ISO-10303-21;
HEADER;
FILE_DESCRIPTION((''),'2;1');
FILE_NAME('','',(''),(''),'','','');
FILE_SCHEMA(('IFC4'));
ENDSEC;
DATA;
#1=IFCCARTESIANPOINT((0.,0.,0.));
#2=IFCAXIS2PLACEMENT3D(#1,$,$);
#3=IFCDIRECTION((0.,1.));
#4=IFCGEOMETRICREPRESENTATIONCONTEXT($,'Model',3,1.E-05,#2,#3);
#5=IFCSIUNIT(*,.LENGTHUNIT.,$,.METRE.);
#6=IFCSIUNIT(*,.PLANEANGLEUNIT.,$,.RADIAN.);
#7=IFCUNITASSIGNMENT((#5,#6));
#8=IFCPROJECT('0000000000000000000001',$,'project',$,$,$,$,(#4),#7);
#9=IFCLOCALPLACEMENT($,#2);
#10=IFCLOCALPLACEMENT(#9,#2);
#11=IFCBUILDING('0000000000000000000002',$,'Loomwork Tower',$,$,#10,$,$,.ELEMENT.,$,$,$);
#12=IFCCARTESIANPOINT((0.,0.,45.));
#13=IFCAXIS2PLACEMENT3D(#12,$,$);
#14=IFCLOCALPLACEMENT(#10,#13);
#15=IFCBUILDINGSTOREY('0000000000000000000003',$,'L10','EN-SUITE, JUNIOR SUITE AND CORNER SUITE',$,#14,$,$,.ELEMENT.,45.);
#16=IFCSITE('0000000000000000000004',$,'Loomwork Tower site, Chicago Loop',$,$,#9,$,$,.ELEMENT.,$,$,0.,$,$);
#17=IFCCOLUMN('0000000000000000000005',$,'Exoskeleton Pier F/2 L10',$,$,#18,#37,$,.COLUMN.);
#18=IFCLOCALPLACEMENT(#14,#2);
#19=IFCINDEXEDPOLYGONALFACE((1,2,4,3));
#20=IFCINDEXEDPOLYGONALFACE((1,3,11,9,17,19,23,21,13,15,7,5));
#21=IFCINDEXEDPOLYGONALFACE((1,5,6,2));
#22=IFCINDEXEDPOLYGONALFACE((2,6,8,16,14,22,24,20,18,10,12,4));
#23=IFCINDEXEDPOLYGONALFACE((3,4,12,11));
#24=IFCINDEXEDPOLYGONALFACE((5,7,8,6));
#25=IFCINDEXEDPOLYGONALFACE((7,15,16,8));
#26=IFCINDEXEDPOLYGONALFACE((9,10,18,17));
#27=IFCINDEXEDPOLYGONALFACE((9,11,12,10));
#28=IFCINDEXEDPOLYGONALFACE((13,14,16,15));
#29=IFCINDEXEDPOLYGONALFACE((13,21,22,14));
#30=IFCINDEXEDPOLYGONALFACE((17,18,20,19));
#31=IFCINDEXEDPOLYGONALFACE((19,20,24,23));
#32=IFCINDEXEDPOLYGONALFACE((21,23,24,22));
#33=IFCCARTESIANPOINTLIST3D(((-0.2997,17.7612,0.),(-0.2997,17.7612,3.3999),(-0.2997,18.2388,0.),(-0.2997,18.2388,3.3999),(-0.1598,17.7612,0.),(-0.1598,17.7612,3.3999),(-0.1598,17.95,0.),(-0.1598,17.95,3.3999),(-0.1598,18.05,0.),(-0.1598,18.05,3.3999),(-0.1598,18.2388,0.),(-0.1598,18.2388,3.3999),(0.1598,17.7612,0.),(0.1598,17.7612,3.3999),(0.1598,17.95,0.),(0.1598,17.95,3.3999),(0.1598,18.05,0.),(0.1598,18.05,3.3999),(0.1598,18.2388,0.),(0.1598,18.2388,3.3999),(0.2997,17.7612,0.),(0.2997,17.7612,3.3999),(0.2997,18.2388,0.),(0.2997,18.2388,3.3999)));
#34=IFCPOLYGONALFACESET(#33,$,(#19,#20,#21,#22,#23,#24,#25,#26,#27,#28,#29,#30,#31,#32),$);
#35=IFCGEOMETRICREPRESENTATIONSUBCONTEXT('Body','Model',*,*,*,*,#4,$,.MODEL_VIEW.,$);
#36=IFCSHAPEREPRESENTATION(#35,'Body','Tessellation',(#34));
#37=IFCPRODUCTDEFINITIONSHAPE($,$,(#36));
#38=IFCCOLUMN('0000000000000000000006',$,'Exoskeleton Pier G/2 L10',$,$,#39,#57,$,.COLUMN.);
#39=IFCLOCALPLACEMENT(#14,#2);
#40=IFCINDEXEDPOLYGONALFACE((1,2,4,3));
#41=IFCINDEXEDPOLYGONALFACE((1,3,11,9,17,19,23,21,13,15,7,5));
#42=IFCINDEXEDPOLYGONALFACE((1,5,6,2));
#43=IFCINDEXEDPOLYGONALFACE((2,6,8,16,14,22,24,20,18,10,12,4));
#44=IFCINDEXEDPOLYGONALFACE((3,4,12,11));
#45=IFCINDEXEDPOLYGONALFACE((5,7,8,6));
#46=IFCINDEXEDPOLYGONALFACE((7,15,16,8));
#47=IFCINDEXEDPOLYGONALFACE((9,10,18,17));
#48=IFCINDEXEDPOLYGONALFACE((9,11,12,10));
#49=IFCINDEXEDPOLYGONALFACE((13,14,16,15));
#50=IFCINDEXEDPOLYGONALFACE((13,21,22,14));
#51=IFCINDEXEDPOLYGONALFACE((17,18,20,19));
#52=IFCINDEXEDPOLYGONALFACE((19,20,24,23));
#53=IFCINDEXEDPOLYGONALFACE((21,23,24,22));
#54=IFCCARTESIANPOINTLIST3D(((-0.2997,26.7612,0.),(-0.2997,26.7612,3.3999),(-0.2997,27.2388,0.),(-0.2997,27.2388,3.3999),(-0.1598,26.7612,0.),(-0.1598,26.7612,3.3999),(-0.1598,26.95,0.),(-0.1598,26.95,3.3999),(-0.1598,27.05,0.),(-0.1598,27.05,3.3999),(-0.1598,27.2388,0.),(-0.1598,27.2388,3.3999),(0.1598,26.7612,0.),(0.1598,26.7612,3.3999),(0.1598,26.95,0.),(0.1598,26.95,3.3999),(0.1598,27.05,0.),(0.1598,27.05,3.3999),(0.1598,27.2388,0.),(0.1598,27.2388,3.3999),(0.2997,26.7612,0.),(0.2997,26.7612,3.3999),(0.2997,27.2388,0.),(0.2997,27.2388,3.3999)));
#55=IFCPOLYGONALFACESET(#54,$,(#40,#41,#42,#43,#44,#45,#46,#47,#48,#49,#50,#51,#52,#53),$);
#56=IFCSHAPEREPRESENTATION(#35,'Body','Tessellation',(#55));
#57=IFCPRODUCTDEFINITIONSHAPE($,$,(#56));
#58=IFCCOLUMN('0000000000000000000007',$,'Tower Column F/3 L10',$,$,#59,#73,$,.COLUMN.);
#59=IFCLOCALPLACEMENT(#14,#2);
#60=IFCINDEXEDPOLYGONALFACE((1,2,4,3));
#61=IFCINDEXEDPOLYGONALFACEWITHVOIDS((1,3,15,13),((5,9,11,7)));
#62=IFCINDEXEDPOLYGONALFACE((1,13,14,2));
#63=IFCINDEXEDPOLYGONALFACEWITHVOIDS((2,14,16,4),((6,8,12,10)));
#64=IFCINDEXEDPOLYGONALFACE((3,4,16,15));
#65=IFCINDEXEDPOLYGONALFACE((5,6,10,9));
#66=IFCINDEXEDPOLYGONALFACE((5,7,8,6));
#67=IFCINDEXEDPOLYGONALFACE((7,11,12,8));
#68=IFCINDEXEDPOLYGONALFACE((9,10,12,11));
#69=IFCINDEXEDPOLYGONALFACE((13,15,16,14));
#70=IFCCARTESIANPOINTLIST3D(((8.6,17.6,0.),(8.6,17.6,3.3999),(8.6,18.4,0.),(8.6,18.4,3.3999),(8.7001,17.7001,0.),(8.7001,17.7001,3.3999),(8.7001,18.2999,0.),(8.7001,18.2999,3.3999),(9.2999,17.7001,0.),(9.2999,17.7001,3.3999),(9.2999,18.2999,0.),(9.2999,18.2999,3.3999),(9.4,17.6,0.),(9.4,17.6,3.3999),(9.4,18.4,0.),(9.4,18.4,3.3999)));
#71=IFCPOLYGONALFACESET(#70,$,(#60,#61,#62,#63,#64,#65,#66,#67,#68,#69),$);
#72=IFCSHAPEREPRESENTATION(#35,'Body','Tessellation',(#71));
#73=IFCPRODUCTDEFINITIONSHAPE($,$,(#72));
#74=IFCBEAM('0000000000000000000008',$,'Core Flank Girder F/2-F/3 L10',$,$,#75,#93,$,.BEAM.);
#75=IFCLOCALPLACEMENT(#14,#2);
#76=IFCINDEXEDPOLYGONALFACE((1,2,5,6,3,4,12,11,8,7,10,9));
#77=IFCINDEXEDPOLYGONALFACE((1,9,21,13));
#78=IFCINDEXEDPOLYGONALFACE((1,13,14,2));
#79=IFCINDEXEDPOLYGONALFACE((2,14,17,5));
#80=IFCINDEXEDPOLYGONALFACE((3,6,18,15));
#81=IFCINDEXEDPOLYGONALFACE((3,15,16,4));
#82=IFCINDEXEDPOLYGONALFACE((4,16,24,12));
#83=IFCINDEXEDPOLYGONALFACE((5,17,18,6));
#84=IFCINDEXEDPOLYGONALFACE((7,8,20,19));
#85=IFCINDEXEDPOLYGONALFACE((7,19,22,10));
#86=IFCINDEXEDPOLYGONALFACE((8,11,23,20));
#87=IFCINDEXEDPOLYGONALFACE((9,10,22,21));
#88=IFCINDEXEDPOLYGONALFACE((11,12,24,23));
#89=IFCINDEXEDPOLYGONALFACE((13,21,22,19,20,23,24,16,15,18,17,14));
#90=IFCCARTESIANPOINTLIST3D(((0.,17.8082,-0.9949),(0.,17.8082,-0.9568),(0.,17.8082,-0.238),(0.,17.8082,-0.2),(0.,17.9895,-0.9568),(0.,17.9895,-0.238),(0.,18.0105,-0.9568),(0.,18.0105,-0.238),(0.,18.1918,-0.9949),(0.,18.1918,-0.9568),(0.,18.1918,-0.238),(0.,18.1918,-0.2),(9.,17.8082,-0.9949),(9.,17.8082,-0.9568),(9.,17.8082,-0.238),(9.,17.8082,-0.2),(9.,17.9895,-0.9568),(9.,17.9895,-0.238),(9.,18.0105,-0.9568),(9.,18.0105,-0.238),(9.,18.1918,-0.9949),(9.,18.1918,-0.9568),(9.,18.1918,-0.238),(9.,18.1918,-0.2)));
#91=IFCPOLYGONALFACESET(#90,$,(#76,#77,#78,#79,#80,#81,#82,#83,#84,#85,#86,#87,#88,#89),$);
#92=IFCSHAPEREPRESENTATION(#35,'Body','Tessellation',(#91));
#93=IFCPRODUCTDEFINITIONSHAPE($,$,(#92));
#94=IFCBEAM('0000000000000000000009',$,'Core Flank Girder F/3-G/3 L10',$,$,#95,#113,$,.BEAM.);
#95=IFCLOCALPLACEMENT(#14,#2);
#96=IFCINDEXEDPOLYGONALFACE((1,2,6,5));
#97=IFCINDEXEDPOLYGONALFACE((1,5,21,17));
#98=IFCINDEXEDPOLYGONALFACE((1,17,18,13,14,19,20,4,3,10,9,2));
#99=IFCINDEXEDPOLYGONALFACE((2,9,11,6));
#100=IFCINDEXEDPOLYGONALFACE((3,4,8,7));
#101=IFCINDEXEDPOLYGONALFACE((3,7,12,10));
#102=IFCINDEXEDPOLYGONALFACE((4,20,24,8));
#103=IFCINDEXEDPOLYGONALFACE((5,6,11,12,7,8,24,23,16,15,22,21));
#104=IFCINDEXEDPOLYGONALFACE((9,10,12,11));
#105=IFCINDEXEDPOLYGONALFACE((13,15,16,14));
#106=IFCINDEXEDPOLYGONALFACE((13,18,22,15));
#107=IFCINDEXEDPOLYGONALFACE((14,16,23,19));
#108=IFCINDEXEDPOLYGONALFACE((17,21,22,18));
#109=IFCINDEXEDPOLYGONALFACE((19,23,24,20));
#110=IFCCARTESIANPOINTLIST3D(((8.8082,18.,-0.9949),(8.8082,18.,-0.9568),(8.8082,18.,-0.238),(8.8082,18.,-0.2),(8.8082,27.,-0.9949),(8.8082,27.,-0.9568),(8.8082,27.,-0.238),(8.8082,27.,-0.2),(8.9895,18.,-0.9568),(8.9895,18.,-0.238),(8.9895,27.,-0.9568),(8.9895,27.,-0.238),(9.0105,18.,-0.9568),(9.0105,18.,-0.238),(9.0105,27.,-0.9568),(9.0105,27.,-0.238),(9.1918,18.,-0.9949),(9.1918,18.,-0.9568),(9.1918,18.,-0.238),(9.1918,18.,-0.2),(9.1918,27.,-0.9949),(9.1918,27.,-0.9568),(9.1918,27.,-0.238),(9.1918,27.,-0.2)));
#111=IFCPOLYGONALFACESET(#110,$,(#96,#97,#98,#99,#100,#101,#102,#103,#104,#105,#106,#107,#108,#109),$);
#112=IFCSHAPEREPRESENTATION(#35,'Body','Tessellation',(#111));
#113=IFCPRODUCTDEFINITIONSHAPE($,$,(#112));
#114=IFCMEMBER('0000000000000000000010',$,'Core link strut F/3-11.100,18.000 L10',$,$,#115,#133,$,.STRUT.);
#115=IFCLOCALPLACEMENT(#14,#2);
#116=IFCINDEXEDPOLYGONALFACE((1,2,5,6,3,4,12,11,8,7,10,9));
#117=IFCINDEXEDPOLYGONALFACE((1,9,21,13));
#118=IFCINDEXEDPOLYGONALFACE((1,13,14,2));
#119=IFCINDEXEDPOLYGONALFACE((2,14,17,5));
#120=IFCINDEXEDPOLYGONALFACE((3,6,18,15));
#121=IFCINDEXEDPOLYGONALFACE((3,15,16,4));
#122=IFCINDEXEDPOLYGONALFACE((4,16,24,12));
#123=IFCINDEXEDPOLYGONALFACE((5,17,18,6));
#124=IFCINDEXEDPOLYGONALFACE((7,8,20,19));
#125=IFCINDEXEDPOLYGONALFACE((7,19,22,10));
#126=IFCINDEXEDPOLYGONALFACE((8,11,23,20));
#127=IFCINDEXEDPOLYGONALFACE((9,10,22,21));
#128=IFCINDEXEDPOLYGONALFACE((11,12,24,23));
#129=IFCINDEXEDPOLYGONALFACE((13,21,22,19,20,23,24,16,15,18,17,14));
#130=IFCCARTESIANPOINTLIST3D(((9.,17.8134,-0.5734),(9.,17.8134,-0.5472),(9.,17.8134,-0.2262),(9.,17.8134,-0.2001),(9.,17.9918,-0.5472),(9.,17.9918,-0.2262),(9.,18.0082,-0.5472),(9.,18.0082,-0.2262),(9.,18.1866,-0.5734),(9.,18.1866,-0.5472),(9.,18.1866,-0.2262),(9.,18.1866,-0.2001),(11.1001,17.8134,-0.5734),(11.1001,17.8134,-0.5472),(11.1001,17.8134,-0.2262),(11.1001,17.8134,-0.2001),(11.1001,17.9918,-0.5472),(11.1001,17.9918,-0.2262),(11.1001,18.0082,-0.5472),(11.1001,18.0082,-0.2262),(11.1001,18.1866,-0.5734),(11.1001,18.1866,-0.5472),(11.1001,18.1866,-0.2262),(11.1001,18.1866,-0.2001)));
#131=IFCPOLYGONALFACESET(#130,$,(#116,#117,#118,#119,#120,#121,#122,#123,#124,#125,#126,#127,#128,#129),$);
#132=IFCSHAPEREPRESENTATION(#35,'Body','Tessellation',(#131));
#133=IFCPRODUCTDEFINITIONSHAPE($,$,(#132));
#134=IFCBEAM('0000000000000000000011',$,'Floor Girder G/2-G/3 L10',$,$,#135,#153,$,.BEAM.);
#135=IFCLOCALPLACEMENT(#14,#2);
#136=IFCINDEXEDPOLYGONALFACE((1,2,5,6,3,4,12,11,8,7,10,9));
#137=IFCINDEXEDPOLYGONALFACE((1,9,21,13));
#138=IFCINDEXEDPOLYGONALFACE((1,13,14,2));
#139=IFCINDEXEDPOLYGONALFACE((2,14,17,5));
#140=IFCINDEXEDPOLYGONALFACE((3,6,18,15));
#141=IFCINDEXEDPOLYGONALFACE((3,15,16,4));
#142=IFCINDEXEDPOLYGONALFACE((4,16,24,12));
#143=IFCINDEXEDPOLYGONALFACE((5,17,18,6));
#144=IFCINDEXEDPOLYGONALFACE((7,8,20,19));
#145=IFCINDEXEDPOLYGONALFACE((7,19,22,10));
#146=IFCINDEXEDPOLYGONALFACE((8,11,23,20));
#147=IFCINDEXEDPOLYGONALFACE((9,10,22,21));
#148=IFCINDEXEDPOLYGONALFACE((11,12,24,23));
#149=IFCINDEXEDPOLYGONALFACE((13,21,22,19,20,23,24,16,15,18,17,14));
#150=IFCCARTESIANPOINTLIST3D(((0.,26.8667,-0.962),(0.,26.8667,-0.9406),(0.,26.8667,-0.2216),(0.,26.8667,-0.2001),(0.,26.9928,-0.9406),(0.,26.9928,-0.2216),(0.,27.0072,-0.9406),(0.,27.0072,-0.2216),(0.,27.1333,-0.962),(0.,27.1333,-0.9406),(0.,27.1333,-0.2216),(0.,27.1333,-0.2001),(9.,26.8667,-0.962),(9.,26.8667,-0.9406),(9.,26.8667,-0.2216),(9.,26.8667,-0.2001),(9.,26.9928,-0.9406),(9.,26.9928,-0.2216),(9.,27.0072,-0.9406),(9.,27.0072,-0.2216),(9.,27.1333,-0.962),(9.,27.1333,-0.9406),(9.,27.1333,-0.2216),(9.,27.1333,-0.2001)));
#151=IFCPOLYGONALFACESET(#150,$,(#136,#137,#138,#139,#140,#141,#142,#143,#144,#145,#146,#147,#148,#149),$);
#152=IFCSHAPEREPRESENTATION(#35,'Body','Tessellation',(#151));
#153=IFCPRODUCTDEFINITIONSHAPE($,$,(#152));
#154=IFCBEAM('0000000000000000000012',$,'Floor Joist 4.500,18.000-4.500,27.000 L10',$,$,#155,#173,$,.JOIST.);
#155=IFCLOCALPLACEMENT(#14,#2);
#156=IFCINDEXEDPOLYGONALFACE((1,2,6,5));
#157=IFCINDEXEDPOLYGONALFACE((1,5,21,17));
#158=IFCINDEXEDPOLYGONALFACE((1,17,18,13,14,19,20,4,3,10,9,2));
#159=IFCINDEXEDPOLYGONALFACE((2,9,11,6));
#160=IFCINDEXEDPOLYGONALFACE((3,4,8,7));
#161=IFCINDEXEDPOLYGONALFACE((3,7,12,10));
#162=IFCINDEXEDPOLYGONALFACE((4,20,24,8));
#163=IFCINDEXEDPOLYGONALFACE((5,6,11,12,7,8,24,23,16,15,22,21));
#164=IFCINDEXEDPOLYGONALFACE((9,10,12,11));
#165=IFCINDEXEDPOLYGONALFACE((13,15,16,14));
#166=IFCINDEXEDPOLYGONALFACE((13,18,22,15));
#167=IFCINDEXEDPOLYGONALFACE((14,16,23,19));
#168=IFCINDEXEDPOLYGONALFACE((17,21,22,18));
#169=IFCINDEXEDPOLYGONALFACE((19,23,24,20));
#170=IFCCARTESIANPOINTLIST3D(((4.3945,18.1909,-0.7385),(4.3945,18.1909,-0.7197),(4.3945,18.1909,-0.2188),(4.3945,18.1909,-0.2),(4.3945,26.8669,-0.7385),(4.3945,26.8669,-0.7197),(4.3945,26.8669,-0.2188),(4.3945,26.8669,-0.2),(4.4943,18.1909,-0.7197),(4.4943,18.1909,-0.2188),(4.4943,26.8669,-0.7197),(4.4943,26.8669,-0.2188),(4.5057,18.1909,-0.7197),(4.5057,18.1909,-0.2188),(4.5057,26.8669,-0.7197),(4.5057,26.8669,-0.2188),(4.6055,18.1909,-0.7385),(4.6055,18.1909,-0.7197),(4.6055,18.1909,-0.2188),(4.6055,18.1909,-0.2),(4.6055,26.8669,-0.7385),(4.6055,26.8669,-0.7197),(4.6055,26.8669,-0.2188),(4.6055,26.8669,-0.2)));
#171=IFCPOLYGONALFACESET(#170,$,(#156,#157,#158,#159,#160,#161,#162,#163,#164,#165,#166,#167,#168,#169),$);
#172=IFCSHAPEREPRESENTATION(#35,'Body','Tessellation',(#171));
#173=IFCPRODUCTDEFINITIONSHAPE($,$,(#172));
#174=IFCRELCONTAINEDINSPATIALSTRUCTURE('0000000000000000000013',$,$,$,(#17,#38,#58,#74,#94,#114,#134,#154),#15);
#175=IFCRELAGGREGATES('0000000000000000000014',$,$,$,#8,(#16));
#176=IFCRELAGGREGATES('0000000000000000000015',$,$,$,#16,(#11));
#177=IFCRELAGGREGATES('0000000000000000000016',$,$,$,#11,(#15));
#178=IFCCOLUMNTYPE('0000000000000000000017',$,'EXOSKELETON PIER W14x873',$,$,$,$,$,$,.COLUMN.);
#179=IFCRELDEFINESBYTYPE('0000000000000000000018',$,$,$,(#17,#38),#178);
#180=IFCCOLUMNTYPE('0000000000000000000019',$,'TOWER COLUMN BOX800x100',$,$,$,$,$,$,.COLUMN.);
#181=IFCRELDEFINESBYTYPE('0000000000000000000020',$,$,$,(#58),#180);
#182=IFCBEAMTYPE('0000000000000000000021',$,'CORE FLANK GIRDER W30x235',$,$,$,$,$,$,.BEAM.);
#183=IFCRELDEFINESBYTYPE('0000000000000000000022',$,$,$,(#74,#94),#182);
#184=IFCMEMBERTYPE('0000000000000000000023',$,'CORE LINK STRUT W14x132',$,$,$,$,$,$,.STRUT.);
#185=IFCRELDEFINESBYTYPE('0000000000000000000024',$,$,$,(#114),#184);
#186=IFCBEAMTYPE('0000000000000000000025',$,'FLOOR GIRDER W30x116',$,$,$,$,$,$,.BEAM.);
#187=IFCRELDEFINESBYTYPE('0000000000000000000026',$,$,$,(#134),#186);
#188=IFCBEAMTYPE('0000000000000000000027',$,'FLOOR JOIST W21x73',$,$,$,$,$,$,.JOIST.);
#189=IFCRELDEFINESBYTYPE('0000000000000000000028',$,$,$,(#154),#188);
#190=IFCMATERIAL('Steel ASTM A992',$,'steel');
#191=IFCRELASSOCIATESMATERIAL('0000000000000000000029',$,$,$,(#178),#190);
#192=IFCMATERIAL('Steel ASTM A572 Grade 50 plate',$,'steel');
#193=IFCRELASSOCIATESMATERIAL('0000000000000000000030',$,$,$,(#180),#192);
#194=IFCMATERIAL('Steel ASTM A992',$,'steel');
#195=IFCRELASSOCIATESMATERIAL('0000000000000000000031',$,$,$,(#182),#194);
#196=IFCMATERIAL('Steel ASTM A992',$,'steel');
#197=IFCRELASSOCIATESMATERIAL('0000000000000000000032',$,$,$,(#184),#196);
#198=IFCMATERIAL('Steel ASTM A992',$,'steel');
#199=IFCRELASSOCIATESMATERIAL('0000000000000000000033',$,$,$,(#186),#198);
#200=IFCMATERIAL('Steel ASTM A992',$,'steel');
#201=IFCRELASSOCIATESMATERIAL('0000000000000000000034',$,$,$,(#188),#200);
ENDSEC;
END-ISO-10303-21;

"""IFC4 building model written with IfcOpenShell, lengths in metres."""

from ifc_helpers import new_model, si_unit, direction, frame, origin, origin_2d, place, context, subcontext, project, spatial, hollow_rectangle, i_section, extrude, material, material_profile, profile_set, type_object, element, save


model = new_model("IFC4")

# Units and contexts
model_context = context("Model", 3, precision=1e-05, world=origin(), true_north=direction((0.0, 1.0)))
body_context = subcontext(model_context, "Body", "Model", "MODEL_VIEW")
ifc_project = project(units=[si_unit("LENGTHUNIT", "METRE"), si_unit("PLANEANGLEUNIT", "RADIAN")], contexts=[model_context])

# Site, building, storey
site_placement = place(None, origin())
site = spatial("IfcSite", under=ifc_project, at=site_placement, Name="Loomwork Tower site, Chicago Loop", CompositionType="ELEMENT", RefElevation=0.0)
building_placement = place(site_placement, origin())
building = spatial("IfcBuilding", under=site, at=building_placement, Name="Loomwork Tower", CompositionType="ELEMENT")
storey_placement = place(building_placement, frame((0.0, 0.0, 45.0)))
storey = spatial("IfcBuildingStorey", under=building, at=storey_placement, Name="L10", Description="EN-SUITE, JUNIOR SUITE AND CORNER SUITE", CompositionType="ELEMENT", Elevation=45.0)

# Columns
ifc_material_1 = material(Name="Steel ASTM A992", Category="steel")
ifc_material_profile_1 = material_profile(ifc_material_1, i_section(OverallWidth=0.4775, OverallDepth=0.5994, WebThickness=0.1001, FlangeThickness=0.1399, at=origin_2d()), Name="W14x873")
ifc_profile_set_1 = profile_set([ifc_material_profile_1], Name="Steel ASTM A992")
column_type_1 = type_object("IfcColumnType", Name="EXOSKELETON PIER W14x873", PredefinedType="COLUMN", material=ifc_profile_set_1)
for number, where, z_axis, x_axis, name in (
    (1, (0.0, 18.0, 0.0), (0.0, 0.0, 1.0), (0.0, 1.0, 0.0), "Exoskeleton Pier F/2 L10"),
    (2, (0.0, 27.0, 0.0), (0.0, 0.0, 1.0), (0.0, 1.0, 0.0), "Exoskeleton Pier G/2 L10"),
):
    element("IfcColumn", number, at=place(storey_placement, frame(where, z_axis=z_axis, x_axis=x_axis)), inside=storey, type_object=column_type_1, Name=name, PredefinedType="COLUMN", context=body_context, shape_type="SweptSolid", body=[
        extrude(i_section(OverallWidth=0.4775, OverallDepth=0.5994, WebThickness=0.1001, FlangeThickness=0.1399, at=origin_2d()), origin(), (0.0, 0.0, 1.0), 3.3999),
    ])
ifc_material_2 = material(Name="Steel ASTM A572 Grade 50 plate", Category="steel")
ifc_material_profile_2 = material_profile(ifc_material_2, hollow_rectangle(XDim=0.8, YDim=0.8, WallThickness=0.1001, at=origin_2d()), Name="BOX800x100")
ifc_profile_set_2 = profile_set([ifc_material_profile_2], Name="Steel ASTM A572 Grade 50 plate")
column_type_2 = type_object("IfcColumnType", Name="TOWER COLUMN BOX800x100", PredefinedType="COLUMN", material=ifc_profile_set_2)
column_placement = place(storey_placement, frame((9.0, 18.0, 0.0), z_axis=(0.0, 0.0, 1.0), x_axis=(1.0, 0.0, 0.0)))
element("IfcColumn", 3, at=column_placement, inside=storey, type_object=column_type_2, Name="Tower Column F/3 L10", PredefinedType="COLUMN", context=body_context, shape_type="SweptSolid", body=[
    extrude(hollow_rectangle(XDim=0.8, YDim=0.8, WallThickness=0.1001, at=origin_2d()), origin(), (0.0, 0.0, 1.0), 3.3999),
])

# Beams
ifc_material_3 = material(Name="Steel ASTM A992", Category="steel")
ifc_material_profile_3 = material_profile(ifc_material_3, i_section(OverallWidth=0.3835, OverallDepth=0.7949, WebThickness=0.021, FlangeThickness=0.0381, at=origin_2d()), Name="W30x235")
ifc_profile_set_3 = profile_set([ifc_material_profile_3], Name="Steel ASTM A992")
beam_type_1 = type_object("IfcBeamType", Name="CORE FLANK GIRDER W30x235", PredefinedType="BEAM", material=ifc_profile_set_3)
for number, where, z_axis, x_axis, name in (
    (4, (0.0, 18.0, -0.5974), (1.0, 0.0, 0.0), (0.0, 1.0, 0.0), "Core Flank Girder F/2-F/3 L10"),
    (5, (9.0, 18.0, -0.5974), (0.0, 1.0, 0.0), (-1.0, 0.0, 0.0), "Core Flank Girder F/3-G/3 L10"),
):
    element("IfcBeam", number, at=place(storey_placement, frame(where, z_axis=z_axis, x_axis=x_axis)), inside=storey, type_object=beam_type_1, Name=name, PredefinedType="BEAM", context=body_context, shape_type="SweptSolid", body=[
        extrude(i_section(OverallWidth=0.3835, OverallDepth=0.7949, WebThickness=0.021, FlangeThickness=0.0381, at=origin_2d()), origin(), (0.0, 0.0, 1.0), 9.0),
    ])

# Member
ifc_material_4 = material(Name="Steel ASTM A992", Category="steel")
ifc_material_profile_4 = material_profile(ifc_material_4, i_section(OverallWidth=0.3733, OverallDepth=0.3733, WebThickness=0.0164, FlangeThickness=0.0261, at=origin_2d()), Name="W14x132")
ifc_profile_set_4 = profile_set([ifc_material_profile_4], Name="Steel ASTM A992")
member_type_1 = type_object("IfcMemberType", Name="CORE LINK STRUT W14x132", PredefinedType="STRUT", material=ifc_profile_set_4)
member_1_placement = place(storey_placement, frame((9.0, 18.0, -0.3867), z_axis=(1.0, 0.0, 0.0), x_axis=(0.0, 1.0, 0.0)))
element("IfcMember", 6, at=member_1_placement, inside=storey, type_object=member_type_1, Name="Core link strut F/3-11.100,18.000 L10", PredefinedType="STRUT", context=body_context, shape_type="SweptSolid", body=[
    extrude(i_section(OverallWidth=0.3733, OverallDepth=0.3733, WebThickness=0.0164, FlangeThickness=0.0261, at=origin_2d()), origin(), (0.0, 0.0, 1.0), 2.1001),
])

# Beams
ifc_material_5 = material(Name="Steel ASTM A992", Category="steel")
ifc_material_profile_5 = material_profile(ifc_material_5, i_section(OverallWidth=0.2666, OverallDepth=0.762, WebThickness=0.0144, FlangeThickness=0.0215, at=origin_2d()), Name="W30x116")
ifc_profile_set_5 = profile_set([ifc_material_profile_5], Name="Steel ASTM A992")
beam_type_2 = type_object("IfcBeamType", Name="FLOOR GIRDER W30x116", PredefinedType="BEAM", material=ifc_profile_set_5)
beam_1_placement = place(storey_placement, frame((0.0, 27.0, -0.5811), z_axis=(1.0, 0.0, 0.0), x_axis=(0.0, 1.0, 0.0)))
element("IfcBeam", 7, at=beam_1_placement, inside=storey, type_object=beam_type_2, Name="Floor Girder G/2-G/3 L10", PredefinedType="BEAM", context=body_context, shape_type="SweptSolid", body=[
    extrude(i_section(OverallWidth=0.2666, OverallDepth=0.762, WebThickness=0.0144, FlangeThickness=0.0215, at=origin_2d()), origin(), (0.0, 0.0, 1.0), 9.0),
])
ifc_material_6 = material(Name="Steel ASTM A992", Category="steel")
ifc_material_profile_6 = material_profile(ifc_material_6, i_section(OverallWidth=0.2109, OverallDepth=0.5386, WebThickness=0.0115, FlangeThickness=0.0188, at=origin_2d()), Name="W21x73")
ifc_profile_set_6 = profile_set([ifc_material_profile_6], Name="Steel ASTM A992")
beam_type_3 = type_object("IfcBeamType", Name="FLOOR JOIST W21x73", PredefinedType="JOIST", material=ifc_profile_set_6)
beam_2_placement = place(storey_placement, frame((4.5, 18.1909, -0.4692), z_axis=(0.0, 1.0, 0.0), x_axis=(-1.0, 0.0, 0.0)))
element("IfcBeam", 8, at=beam_2_placement, inside=storey, type_object=beam_type_3, Name="Floor Joist 4.500,18.000-4.500,27.000 L10", PredefinedType="JOIST", context=body_context, shape_type="SweptSolid", body=[
    extrude(i_section(OverallWidth=0.2109, OverallDepth=0.5386, WebThickness=0.0115, FlangeThickness=0.0188, at=origin_2d()), origin(), (0.0, 0.0, 1.0), 8.676),
])

save(model, "model.ifc")
